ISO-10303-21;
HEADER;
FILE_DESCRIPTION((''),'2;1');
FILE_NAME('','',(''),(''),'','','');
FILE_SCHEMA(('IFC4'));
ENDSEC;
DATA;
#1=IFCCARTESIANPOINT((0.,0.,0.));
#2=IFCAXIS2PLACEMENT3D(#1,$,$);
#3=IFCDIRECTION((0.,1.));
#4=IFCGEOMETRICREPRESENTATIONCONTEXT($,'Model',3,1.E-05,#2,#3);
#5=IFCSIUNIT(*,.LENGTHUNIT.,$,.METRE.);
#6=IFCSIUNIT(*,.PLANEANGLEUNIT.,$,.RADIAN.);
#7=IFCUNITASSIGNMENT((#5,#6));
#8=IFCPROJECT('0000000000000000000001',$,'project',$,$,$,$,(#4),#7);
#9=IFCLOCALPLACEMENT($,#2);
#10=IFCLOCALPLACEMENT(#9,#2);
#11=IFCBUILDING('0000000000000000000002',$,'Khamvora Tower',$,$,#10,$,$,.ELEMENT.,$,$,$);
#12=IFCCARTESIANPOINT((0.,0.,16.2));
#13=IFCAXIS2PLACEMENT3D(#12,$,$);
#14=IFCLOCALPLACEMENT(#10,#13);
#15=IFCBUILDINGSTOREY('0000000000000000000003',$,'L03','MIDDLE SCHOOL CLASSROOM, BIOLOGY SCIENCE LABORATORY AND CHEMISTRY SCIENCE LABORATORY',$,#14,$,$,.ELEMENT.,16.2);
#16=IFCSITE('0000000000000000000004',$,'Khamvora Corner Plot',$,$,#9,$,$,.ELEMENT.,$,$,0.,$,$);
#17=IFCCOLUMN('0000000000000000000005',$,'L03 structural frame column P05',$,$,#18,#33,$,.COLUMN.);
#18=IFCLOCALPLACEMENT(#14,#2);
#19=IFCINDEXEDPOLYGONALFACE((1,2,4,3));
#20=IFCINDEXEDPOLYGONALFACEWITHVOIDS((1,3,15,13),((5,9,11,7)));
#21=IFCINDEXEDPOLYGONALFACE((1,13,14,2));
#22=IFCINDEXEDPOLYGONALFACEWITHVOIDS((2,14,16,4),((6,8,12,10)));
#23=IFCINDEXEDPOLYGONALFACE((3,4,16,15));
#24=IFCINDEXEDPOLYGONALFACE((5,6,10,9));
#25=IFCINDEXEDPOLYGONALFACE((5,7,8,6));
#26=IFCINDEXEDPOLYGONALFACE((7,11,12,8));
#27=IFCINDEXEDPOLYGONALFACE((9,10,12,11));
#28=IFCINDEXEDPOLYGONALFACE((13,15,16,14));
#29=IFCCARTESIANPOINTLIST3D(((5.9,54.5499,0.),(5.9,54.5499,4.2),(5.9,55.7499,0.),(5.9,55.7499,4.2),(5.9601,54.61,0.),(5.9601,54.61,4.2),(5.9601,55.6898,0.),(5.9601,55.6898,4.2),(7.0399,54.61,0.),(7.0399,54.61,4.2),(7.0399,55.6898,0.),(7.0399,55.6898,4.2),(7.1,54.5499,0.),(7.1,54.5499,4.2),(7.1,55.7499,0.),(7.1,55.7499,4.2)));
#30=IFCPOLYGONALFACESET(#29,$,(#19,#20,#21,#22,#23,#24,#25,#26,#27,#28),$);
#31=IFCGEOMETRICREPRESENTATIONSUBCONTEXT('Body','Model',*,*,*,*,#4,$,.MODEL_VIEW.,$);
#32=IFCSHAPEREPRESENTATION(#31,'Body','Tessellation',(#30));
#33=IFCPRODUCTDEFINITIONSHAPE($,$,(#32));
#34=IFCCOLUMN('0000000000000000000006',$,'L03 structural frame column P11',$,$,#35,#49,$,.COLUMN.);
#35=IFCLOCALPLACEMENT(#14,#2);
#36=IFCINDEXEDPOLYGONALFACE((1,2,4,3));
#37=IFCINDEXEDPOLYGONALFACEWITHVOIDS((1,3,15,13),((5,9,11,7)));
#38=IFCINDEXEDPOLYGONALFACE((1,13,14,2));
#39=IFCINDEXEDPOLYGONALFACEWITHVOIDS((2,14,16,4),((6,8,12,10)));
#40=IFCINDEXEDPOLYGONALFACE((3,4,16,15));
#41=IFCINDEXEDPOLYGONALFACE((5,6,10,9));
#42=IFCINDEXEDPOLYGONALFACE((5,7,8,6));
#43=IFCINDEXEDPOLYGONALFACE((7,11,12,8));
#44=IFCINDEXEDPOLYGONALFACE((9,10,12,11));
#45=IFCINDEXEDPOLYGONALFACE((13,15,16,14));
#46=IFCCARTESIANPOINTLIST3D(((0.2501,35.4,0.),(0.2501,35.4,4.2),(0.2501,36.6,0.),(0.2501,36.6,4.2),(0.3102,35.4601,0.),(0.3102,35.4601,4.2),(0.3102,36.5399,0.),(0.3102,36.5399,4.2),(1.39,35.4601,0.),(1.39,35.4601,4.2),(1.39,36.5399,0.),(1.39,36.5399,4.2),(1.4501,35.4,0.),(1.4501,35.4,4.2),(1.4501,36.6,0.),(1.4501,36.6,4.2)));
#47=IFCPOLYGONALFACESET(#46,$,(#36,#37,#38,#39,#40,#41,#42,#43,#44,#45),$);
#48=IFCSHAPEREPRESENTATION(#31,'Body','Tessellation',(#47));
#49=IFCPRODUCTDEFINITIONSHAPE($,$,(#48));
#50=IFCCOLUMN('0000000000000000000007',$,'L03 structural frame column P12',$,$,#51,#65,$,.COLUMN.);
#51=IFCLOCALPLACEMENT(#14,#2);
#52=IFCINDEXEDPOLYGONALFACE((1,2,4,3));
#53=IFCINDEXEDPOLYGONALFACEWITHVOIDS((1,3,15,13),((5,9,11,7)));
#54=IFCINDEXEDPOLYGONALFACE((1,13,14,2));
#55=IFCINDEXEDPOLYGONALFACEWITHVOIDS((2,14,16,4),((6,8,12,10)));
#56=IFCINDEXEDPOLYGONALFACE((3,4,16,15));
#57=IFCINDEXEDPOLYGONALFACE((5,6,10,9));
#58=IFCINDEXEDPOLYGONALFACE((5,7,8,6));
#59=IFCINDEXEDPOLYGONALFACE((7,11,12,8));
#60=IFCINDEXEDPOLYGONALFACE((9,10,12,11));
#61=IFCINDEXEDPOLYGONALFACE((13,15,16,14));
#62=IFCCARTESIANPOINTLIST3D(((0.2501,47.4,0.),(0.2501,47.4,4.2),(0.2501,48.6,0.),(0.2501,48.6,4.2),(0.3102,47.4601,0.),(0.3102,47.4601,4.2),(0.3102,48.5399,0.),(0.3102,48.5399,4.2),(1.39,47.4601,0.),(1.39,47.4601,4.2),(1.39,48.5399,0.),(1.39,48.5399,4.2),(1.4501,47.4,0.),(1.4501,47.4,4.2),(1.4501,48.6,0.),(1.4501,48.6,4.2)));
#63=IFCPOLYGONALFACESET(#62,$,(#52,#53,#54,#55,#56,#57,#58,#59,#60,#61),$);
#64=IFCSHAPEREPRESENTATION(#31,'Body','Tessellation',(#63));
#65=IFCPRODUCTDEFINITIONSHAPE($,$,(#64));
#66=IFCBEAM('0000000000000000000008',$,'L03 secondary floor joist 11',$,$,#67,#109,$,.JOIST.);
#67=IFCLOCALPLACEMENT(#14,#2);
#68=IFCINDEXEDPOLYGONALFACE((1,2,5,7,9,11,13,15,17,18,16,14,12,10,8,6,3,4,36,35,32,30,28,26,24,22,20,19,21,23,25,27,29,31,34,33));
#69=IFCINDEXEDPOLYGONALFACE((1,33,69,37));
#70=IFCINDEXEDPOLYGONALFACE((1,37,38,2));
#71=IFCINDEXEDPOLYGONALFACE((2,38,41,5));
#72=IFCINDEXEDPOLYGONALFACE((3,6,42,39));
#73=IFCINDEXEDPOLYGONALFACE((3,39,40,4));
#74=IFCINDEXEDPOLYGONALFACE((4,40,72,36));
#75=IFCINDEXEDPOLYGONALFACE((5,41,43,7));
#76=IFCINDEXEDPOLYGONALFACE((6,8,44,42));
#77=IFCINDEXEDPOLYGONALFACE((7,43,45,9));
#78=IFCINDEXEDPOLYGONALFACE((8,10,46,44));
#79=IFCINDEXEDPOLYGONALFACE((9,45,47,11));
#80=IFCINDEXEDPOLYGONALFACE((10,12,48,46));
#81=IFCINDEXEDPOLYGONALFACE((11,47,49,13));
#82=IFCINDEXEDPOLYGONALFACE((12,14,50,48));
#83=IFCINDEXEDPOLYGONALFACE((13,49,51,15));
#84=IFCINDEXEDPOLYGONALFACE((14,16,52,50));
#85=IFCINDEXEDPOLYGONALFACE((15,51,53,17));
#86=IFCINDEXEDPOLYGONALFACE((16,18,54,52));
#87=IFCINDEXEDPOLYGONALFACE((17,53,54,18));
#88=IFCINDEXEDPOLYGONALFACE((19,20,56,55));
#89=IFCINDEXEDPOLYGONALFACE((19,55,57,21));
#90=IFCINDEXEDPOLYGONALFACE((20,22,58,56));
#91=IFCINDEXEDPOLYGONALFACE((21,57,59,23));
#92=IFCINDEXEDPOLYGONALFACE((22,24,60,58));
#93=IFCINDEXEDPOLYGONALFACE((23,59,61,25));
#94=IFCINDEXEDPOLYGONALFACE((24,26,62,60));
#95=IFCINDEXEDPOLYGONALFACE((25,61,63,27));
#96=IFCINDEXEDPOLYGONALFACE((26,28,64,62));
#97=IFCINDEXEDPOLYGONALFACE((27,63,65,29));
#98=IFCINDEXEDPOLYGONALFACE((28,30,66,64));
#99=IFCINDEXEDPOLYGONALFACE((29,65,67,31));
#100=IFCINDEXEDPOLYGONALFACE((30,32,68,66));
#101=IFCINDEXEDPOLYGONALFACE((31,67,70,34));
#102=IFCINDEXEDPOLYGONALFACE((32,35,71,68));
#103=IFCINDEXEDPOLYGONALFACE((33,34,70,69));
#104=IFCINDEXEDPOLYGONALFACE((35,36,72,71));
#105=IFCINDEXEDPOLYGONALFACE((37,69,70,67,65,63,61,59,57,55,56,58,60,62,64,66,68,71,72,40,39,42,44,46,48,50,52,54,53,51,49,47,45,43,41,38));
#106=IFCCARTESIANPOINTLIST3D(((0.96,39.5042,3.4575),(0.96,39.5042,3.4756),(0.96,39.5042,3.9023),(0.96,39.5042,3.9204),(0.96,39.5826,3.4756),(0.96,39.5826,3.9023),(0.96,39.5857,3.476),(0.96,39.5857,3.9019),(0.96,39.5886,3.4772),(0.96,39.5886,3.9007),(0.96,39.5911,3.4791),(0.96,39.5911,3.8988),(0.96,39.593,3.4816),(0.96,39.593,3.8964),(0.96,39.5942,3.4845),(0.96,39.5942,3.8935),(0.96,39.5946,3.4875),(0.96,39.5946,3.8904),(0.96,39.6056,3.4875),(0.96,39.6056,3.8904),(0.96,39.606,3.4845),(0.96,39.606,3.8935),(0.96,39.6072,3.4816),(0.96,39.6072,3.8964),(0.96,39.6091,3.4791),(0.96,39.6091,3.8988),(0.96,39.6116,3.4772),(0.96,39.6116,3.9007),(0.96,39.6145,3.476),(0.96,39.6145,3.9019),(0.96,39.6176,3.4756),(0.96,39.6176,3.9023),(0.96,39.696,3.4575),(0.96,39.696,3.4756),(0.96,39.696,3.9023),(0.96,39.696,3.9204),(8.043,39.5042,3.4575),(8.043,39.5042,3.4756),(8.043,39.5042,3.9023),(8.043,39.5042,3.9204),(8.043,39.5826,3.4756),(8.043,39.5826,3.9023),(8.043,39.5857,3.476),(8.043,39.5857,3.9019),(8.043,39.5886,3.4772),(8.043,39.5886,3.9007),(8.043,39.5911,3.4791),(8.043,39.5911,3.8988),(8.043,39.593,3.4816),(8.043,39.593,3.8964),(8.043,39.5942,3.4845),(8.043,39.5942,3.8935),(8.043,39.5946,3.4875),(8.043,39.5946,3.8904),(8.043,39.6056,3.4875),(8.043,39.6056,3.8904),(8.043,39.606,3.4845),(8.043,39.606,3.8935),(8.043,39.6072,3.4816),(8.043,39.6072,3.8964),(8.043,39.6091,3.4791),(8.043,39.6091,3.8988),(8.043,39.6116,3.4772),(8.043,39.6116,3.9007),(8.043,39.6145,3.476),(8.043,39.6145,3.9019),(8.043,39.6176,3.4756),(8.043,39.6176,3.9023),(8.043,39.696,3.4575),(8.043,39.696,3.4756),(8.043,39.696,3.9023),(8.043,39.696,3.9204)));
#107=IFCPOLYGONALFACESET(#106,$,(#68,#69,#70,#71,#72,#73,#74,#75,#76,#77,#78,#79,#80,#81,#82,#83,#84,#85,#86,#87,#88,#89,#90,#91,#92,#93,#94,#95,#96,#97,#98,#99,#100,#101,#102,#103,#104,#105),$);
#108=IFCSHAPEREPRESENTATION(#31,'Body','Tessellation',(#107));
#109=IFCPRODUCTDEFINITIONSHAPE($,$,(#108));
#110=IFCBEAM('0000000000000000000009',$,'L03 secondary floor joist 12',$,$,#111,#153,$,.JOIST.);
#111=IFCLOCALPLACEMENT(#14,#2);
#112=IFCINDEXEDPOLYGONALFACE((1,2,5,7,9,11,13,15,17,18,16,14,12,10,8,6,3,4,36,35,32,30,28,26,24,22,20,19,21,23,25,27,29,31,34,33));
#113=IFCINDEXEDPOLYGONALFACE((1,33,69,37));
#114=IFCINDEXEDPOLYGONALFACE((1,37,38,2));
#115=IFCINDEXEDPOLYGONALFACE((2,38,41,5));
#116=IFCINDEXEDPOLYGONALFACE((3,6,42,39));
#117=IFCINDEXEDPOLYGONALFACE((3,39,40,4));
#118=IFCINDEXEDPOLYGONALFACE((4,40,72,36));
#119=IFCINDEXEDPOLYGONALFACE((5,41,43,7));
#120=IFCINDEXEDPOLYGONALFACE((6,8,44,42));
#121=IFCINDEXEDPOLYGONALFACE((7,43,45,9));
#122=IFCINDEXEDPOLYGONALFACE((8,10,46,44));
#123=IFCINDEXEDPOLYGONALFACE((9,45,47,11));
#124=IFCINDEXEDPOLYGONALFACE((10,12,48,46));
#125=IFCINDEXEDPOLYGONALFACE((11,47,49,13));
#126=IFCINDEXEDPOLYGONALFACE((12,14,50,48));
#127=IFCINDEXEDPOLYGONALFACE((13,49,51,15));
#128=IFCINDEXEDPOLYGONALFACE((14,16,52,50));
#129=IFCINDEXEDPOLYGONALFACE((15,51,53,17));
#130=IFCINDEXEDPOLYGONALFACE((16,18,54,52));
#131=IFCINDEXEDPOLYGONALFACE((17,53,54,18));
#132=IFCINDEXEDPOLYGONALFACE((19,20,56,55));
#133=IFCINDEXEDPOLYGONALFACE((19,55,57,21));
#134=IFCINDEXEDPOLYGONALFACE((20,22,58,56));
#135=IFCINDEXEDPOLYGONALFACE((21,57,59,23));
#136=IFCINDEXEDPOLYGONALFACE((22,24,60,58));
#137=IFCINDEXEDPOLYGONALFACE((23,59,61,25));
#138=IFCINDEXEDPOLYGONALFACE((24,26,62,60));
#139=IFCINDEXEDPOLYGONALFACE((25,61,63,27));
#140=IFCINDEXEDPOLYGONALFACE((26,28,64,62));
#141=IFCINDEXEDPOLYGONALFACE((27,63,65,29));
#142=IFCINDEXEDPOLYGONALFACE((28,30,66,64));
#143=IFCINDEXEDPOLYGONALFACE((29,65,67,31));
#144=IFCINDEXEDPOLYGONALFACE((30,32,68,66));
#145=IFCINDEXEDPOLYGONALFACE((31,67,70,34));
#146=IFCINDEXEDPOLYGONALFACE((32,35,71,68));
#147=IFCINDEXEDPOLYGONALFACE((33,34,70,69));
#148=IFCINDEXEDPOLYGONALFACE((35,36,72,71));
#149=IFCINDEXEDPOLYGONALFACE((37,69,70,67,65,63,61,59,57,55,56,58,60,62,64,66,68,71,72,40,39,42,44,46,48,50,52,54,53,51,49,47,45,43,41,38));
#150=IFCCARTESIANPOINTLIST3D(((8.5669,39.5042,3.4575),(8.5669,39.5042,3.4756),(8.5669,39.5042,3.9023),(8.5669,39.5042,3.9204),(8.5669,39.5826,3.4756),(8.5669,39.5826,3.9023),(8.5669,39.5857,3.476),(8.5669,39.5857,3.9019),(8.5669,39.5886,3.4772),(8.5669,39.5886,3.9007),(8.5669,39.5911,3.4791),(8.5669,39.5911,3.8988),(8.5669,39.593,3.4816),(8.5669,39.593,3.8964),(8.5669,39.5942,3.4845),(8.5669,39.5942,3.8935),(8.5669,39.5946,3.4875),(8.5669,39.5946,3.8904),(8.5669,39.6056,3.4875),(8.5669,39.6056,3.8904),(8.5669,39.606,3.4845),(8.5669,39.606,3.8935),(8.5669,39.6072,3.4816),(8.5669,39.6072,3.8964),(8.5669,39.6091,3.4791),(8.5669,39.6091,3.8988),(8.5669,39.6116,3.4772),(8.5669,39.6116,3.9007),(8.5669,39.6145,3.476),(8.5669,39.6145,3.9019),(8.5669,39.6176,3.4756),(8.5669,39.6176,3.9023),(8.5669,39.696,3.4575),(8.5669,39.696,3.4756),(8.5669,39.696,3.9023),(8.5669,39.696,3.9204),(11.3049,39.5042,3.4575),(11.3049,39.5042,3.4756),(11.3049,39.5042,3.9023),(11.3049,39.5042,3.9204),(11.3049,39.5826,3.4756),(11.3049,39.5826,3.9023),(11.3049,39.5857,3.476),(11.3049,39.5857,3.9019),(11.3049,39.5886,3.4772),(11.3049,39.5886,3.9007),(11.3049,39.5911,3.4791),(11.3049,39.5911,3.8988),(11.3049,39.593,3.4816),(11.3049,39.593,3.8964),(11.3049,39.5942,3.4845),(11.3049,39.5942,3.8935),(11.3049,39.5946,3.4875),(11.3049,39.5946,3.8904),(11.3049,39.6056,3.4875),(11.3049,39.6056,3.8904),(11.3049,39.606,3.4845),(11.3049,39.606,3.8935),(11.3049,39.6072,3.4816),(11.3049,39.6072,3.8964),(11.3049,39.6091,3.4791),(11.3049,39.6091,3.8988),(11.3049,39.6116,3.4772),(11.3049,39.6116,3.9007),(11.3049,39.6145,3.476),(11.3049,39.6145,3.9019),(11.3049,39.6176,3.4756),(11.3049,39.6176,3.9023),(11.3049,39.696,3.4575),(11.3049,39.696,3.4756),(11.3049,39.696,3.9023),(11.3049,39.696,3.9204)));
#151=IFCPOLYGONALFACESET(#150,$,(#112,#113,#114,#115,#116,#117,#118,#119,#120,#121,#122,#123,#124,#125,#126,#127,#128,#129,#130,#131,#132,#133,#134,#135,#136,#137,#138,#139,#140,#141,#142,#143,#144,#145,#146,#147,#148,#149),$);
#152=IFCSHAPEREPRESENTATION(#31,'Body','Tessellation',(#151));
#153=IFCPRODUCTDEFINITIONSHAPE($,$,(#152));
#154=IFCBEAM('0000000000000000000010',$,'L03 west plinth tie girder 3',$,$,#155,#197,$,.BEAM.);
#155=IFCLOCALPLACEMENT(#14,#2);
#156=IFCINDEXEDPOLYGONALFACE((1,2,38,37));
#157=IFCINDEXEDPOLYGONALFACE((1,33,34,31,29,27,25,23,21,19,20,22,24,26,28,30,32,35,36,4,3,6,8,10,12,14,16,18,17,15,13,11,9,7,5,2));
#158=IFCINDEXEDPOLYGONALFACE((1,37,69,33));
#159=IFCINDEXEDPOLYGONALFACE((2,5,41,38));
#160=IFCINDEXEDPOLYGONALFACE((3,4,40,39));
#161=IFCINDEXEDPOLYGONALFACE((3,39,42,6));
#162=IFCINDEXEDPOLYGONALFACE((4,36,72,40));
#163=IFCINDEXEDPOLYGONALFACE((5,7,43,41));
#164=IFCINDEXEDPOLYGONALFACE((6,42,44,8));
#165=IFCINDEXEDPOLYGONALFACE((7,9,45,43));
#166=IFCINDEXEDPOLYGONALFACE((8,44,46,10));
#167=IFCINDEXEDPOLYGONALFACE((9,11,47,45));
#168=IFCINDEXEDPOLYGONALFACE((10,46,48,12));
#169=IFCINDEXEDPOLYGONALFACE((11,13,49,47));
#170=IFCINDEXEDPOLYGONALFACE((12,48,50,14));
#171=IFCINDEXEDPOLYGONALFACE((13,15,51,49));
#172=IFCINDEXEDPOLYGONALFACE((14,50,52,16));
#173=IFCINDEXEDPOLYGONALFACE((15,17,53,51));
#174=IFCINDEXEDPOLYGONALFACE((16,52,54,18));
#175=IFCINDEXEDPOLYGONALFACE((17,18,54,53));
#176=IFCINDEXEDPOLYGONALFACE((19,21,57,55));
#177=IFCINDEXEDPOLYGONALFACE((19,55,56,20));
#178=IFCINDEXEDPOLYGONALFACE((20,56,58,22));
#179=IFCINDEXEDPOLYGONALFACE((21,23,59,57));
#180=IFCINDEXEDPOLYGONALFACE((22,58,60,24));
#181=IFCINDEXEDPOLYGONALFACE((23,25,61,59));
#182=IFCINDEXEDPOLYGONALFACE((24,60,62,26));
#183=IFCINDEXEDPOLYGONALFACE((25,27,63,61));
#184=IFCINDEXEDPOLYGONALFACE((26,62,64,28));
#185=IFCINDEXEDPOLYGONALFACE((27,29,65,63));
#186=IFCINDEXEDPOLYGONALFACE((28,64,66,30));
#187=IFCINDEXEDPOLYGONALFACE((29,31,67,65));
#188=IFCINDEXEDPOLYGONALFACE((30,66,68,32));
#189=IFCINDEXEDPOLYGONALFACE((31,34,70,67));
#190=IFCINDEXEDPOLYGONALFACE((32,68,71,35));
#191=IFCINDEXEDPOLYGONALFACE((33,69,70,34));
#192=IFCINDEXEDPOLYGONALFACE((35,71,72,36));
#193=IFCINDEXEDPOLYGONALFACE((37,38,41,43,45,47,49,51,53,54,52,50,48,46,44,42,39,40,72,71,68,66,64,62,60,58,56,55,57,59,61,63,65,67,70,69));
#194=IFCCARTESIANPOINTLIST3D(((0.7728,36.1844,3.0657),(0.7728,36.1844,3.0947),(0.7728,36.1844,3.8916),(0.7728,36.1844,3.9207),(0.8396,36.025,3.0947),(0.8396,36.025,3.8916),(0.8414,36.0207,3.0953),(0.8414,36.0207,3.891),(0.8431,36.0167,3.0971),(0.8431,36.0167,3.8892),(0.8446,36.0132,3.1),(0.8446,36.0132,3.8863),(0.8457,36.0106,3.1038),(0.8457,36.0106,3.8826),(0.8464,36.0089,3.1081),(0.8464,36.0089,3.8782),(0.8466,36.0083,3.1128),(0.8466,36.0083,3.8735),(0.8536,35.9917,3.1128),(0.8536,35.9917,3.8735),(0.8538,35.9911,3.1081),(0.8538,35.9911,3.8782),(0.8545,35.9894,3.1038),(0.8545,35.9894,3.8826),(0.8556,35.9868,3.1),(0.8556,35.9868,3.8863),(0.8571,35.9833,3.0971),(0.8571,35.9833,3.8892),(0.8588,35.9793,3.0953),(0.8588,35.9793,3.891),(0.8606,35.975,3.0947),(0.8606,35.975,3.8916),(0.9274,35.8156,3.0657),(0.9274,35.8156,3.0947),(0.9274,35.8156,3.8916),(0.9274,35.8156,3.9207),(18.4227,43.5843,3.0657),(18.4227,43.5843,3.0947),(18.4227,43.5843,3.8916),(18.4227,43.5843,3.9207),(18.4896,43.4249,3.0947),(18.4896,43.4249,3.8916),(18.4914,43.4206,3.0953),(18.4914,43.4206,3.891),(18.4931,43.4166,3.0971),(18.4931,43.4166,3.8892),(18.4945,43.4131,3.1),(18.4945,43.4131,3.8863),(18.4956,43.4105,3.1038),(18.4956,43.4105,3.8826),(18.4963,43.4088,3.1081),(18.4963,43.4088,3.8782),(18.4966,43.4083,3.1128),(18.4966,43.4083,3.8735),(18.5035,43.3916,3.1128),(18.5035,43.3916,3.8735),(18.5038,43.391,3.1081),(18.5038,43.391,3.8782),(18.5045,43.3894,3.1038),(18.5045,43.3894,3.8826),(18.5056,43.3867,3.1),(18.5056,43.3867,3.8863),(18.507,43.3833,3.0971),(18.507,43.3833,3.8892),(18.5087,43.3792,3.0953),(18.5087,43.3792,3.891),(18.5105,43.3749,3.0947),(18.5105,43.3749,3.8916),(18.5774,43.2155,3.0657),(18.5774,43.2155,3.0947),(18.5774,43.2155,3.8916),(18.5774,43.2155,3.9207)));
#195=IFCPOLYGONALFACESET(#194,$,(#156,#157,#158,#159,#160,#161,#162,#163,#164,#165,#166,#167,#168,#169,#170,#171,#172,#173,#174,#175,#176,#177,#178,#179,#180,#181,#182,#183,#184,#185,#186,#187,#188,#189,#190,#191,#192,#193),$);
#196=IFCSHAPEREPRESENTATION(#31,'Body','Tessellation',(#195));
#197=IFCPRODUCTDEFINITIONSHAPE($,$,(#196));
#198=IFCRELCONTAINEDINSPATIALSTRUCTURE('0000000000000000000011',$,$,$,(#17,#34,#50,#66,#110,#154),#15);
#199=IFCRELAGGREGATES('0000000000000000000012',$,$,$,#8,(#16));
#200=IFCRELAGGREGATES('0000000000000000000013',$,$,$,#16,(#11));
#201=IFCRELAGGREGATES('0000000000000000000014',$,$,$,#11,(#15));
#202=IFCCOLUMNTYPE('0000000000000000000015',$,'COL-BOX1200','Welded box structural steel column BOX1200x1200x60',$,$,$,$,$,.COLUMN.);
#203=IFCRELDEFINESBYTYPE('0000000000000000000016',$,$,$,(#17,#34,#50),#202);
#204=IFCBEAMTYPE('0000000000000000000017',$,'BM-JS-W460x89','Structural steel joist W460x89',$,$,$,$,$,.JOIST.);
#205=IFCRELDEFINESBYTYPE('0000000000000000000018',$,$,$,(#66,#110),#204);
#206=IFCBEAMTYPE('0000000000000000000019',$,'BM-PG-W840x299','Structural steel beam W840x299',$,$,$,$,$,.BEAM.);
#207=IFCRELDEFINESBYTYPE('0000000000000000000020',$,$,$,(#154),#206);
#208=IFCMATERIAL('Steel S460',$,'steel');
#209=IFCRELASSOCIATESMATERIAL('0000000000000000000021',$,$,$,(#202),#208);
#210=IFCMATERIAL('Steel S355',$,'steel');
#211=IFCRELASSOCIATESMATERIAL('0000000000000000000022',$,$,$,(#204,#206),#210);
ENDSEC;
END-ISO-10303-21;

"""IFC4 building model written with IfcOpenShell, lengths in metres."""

from ifc_helpers import new_model, si_unit, direction, frame, origin, origin_2d, place, context, subcontext, project, spatial, hollow_rectangle, i_section, extrude, material, material_profile, profile_set, type_object, element, save


model = new_model("IFC4")

# Units and contexts
model_context = context("Model", 3, precision=1e-05, world=origin(), true_north=direction((0.0, 1.0)))
body_context = subcontext(model_context, "Body", "Model", "MODEL_VIEW")
ifc_project = project(units=[si_unit("LENGTHUNIT", "METRE"), si_unit("PLANEANGLEUNIT", "RADIAN")], contexts=[model_context])

# Site, building, storey
site_placement = place(None, origin())
site = spatial("IfcSite", under=ifc_project, at=site_placement, Name="Khamvora Corner Plot", CompositionType="ELEMENT", RefElevation=0.0)
building_placement = place(site_placement, origin())
building = spatial("IfcBuilding", under=site, at=building_placement, Name="Khamvora Tower", CompositionType="ELEMENT")
storey_placement = place(building_placement, frame((0.0, 0.0, 16.2)))
storey = spatial("IfcBuildingStorey", under=building, at=storey_placement, Name="L03", Description="MIDDLE SCHOOL CLASSROOM, BIOLOGY SCIENCE LABORATORY AND CHEMISTRY SCIENCE LABORATORY", CompositionType="ELEMENT", Elevation=16.2)

# Columns
ifc_material_1 = material(Name="Steel S460", Category="steel")
ifc_material_profile_1 = material_profile(ifc_material_1, hollow_rectangle(XDim=1.2, YDim=1.2, WallThickness=0.0601, at=origin_2d()), Name="BOX1200x1200x60")
ifc_profile_set_1 = profile_set([ifc_material_profile_1], Name="Steel S460")
column_type = type_object("IfcColumnType", Name="COL-BOX1200", Description="Welded box structural steel column BOX1200x1200x60", PredefinedType="COLUMN", material=ifc_profile_set_1)
for number, where, z_axis, x_axis, name in (
    (1, (6.5, 55.1499, 0.0), (0.0, 0.0, 1.0), (1.0, 0.0, 0.0), "L03 structural frame column P05"),
    (2, (0.8501, 36.0, 0.0), (0.0, 0.0, 1.0), (1.0, 0.0, 0.0), "L03 structural frame column P11"),
    (3, (0.8501, 48.0, 0.0), (0.0, 0.0, 1.0), (1.0, 0.0, 0.0), "L03 structural frame column P12"),
):
    element("IfcColumn", number, at=place(storey_placement, frame(where, z_axis=z_axis, x_axis=x_axis)), inside=storey, type_object=column_type, Name=name, PredefinedType="COLUMN", context=body_context, shape_type="SweptSolid", body=[
        extrude(hollow_rectangle(XDim=1.2, YDim=1.2, WallThickness=0.0601, at=origin_2d()), origin(), (0.0, 0.0, 1.0), 4.2),
    ])

# Beams
ifc_material_2 = material(Name="Steel S355", Category="steel")
ifc_material_profile_2 = material_profile(ifc_material_2, i_section(OverallWidth=0.1919, OverallDepth=0.4629, WebThickness=0.011, FlangeThickness=0.0181, FilletRadius=0.012, at=origin_2d()), Name="W460x89")
ifc_profile_set_2 = profile_set([ifc_material_profile_2], Name="Steel S355")
beam_type_1 = type_object("IfcBeamType", Name="BM-JS-W460x89", Description="Structural steel joist W460x89", PredefinedType="JOIST", material=ifc_profile_set_2)
beam_1_placement = place(storey_placement, frame((0.96, 39.6001, 3.689), z_axis=(1.0, 0.0, 0.0), x_axis=(0.0, 1.0, 0.0)))
element("IfcBeam", 4, at=beam_1_placement, inside=storey, type_object=beam_type_1, Name="L03 secondary floor joist 11", PredefinedType="JOIST", context=body_context, shape_type="SweptSolid", body=[
    extrude(i_section(OverallWidth=0.1919, OverallDepth=0.4629, WebThickness=0.011, FlangeThickness=0.0181, FilletRadius=0.012, at=origin_2d()), origin(), (0.0, 0.0, 1.0), 7.083),
])
beam_2_placement = place(storey_placement, frame((8.5669, 39.6001, 3.689), z_axis=(1.0, 0.0, 0.0), x_axis=(0.0, 1.0, 0.0)))
element("IfcBeam", 5, at=beam_2_placement, inside=storey, type_object=beam_type_1, Name="L03 secondary floor joist 12", PredefinedType="JOIST", context=body_context, shape_type="SweptSolid", body=[
    extrude(i_section(OverallWidth=0.1919, OverallDepth=0.4629, WebThickness=0.011, FlangeThickness=0.0181, FilletRadius=0.012, at=origin_2d()), origin(), (0.0, 0.0, 1.0), 2.738),
])
ifc_material_profile_3 = material_profile(ifc_material_2, i_section(OverallWidth=0.3999, OverallDepth=0.855, WebThickness=0.0181, FlangeThickness=0.0291, FilletRadius=0.0181, at=origin_2d()), Name="W840x299")
ifc_profile_set_3 = profile_set([ifc_material_profile_3], Name="Steel S355")
beam_type_2 = type_object("IfcBeamType", Name="BM-PG-W840x299", Description="Structural steel beam W840x299", PredefinedType="BEAM", material=ifc_profile_set_3)
beam_3_placement = place(storey_placement, frame((0.8501, 36.0, 3.4932), z_axis=(0.922225, 0.386652, 0.0), x_axis=(-0.386652, 0.922225, 0.0)))
element("IfcBeam", 6, at=beam_3_placement, inside=storey, type_object=beam_type_2, Name="L03 west plinth tie girder 3", PredefinedType="BEAM", context=body_context, shape_type="SweptSolid", body=[
    extrude(i_section(OverallWidth=0.3999, OverallDepth=0.855, WebThickness=0.0181, FlangeThickness=0.0291, FilletRadius=0.0181, at=origin_2d()), origin(), (0.0, 0.0, 1.0), 19.1384),
])

save(model, "model.ifc")
